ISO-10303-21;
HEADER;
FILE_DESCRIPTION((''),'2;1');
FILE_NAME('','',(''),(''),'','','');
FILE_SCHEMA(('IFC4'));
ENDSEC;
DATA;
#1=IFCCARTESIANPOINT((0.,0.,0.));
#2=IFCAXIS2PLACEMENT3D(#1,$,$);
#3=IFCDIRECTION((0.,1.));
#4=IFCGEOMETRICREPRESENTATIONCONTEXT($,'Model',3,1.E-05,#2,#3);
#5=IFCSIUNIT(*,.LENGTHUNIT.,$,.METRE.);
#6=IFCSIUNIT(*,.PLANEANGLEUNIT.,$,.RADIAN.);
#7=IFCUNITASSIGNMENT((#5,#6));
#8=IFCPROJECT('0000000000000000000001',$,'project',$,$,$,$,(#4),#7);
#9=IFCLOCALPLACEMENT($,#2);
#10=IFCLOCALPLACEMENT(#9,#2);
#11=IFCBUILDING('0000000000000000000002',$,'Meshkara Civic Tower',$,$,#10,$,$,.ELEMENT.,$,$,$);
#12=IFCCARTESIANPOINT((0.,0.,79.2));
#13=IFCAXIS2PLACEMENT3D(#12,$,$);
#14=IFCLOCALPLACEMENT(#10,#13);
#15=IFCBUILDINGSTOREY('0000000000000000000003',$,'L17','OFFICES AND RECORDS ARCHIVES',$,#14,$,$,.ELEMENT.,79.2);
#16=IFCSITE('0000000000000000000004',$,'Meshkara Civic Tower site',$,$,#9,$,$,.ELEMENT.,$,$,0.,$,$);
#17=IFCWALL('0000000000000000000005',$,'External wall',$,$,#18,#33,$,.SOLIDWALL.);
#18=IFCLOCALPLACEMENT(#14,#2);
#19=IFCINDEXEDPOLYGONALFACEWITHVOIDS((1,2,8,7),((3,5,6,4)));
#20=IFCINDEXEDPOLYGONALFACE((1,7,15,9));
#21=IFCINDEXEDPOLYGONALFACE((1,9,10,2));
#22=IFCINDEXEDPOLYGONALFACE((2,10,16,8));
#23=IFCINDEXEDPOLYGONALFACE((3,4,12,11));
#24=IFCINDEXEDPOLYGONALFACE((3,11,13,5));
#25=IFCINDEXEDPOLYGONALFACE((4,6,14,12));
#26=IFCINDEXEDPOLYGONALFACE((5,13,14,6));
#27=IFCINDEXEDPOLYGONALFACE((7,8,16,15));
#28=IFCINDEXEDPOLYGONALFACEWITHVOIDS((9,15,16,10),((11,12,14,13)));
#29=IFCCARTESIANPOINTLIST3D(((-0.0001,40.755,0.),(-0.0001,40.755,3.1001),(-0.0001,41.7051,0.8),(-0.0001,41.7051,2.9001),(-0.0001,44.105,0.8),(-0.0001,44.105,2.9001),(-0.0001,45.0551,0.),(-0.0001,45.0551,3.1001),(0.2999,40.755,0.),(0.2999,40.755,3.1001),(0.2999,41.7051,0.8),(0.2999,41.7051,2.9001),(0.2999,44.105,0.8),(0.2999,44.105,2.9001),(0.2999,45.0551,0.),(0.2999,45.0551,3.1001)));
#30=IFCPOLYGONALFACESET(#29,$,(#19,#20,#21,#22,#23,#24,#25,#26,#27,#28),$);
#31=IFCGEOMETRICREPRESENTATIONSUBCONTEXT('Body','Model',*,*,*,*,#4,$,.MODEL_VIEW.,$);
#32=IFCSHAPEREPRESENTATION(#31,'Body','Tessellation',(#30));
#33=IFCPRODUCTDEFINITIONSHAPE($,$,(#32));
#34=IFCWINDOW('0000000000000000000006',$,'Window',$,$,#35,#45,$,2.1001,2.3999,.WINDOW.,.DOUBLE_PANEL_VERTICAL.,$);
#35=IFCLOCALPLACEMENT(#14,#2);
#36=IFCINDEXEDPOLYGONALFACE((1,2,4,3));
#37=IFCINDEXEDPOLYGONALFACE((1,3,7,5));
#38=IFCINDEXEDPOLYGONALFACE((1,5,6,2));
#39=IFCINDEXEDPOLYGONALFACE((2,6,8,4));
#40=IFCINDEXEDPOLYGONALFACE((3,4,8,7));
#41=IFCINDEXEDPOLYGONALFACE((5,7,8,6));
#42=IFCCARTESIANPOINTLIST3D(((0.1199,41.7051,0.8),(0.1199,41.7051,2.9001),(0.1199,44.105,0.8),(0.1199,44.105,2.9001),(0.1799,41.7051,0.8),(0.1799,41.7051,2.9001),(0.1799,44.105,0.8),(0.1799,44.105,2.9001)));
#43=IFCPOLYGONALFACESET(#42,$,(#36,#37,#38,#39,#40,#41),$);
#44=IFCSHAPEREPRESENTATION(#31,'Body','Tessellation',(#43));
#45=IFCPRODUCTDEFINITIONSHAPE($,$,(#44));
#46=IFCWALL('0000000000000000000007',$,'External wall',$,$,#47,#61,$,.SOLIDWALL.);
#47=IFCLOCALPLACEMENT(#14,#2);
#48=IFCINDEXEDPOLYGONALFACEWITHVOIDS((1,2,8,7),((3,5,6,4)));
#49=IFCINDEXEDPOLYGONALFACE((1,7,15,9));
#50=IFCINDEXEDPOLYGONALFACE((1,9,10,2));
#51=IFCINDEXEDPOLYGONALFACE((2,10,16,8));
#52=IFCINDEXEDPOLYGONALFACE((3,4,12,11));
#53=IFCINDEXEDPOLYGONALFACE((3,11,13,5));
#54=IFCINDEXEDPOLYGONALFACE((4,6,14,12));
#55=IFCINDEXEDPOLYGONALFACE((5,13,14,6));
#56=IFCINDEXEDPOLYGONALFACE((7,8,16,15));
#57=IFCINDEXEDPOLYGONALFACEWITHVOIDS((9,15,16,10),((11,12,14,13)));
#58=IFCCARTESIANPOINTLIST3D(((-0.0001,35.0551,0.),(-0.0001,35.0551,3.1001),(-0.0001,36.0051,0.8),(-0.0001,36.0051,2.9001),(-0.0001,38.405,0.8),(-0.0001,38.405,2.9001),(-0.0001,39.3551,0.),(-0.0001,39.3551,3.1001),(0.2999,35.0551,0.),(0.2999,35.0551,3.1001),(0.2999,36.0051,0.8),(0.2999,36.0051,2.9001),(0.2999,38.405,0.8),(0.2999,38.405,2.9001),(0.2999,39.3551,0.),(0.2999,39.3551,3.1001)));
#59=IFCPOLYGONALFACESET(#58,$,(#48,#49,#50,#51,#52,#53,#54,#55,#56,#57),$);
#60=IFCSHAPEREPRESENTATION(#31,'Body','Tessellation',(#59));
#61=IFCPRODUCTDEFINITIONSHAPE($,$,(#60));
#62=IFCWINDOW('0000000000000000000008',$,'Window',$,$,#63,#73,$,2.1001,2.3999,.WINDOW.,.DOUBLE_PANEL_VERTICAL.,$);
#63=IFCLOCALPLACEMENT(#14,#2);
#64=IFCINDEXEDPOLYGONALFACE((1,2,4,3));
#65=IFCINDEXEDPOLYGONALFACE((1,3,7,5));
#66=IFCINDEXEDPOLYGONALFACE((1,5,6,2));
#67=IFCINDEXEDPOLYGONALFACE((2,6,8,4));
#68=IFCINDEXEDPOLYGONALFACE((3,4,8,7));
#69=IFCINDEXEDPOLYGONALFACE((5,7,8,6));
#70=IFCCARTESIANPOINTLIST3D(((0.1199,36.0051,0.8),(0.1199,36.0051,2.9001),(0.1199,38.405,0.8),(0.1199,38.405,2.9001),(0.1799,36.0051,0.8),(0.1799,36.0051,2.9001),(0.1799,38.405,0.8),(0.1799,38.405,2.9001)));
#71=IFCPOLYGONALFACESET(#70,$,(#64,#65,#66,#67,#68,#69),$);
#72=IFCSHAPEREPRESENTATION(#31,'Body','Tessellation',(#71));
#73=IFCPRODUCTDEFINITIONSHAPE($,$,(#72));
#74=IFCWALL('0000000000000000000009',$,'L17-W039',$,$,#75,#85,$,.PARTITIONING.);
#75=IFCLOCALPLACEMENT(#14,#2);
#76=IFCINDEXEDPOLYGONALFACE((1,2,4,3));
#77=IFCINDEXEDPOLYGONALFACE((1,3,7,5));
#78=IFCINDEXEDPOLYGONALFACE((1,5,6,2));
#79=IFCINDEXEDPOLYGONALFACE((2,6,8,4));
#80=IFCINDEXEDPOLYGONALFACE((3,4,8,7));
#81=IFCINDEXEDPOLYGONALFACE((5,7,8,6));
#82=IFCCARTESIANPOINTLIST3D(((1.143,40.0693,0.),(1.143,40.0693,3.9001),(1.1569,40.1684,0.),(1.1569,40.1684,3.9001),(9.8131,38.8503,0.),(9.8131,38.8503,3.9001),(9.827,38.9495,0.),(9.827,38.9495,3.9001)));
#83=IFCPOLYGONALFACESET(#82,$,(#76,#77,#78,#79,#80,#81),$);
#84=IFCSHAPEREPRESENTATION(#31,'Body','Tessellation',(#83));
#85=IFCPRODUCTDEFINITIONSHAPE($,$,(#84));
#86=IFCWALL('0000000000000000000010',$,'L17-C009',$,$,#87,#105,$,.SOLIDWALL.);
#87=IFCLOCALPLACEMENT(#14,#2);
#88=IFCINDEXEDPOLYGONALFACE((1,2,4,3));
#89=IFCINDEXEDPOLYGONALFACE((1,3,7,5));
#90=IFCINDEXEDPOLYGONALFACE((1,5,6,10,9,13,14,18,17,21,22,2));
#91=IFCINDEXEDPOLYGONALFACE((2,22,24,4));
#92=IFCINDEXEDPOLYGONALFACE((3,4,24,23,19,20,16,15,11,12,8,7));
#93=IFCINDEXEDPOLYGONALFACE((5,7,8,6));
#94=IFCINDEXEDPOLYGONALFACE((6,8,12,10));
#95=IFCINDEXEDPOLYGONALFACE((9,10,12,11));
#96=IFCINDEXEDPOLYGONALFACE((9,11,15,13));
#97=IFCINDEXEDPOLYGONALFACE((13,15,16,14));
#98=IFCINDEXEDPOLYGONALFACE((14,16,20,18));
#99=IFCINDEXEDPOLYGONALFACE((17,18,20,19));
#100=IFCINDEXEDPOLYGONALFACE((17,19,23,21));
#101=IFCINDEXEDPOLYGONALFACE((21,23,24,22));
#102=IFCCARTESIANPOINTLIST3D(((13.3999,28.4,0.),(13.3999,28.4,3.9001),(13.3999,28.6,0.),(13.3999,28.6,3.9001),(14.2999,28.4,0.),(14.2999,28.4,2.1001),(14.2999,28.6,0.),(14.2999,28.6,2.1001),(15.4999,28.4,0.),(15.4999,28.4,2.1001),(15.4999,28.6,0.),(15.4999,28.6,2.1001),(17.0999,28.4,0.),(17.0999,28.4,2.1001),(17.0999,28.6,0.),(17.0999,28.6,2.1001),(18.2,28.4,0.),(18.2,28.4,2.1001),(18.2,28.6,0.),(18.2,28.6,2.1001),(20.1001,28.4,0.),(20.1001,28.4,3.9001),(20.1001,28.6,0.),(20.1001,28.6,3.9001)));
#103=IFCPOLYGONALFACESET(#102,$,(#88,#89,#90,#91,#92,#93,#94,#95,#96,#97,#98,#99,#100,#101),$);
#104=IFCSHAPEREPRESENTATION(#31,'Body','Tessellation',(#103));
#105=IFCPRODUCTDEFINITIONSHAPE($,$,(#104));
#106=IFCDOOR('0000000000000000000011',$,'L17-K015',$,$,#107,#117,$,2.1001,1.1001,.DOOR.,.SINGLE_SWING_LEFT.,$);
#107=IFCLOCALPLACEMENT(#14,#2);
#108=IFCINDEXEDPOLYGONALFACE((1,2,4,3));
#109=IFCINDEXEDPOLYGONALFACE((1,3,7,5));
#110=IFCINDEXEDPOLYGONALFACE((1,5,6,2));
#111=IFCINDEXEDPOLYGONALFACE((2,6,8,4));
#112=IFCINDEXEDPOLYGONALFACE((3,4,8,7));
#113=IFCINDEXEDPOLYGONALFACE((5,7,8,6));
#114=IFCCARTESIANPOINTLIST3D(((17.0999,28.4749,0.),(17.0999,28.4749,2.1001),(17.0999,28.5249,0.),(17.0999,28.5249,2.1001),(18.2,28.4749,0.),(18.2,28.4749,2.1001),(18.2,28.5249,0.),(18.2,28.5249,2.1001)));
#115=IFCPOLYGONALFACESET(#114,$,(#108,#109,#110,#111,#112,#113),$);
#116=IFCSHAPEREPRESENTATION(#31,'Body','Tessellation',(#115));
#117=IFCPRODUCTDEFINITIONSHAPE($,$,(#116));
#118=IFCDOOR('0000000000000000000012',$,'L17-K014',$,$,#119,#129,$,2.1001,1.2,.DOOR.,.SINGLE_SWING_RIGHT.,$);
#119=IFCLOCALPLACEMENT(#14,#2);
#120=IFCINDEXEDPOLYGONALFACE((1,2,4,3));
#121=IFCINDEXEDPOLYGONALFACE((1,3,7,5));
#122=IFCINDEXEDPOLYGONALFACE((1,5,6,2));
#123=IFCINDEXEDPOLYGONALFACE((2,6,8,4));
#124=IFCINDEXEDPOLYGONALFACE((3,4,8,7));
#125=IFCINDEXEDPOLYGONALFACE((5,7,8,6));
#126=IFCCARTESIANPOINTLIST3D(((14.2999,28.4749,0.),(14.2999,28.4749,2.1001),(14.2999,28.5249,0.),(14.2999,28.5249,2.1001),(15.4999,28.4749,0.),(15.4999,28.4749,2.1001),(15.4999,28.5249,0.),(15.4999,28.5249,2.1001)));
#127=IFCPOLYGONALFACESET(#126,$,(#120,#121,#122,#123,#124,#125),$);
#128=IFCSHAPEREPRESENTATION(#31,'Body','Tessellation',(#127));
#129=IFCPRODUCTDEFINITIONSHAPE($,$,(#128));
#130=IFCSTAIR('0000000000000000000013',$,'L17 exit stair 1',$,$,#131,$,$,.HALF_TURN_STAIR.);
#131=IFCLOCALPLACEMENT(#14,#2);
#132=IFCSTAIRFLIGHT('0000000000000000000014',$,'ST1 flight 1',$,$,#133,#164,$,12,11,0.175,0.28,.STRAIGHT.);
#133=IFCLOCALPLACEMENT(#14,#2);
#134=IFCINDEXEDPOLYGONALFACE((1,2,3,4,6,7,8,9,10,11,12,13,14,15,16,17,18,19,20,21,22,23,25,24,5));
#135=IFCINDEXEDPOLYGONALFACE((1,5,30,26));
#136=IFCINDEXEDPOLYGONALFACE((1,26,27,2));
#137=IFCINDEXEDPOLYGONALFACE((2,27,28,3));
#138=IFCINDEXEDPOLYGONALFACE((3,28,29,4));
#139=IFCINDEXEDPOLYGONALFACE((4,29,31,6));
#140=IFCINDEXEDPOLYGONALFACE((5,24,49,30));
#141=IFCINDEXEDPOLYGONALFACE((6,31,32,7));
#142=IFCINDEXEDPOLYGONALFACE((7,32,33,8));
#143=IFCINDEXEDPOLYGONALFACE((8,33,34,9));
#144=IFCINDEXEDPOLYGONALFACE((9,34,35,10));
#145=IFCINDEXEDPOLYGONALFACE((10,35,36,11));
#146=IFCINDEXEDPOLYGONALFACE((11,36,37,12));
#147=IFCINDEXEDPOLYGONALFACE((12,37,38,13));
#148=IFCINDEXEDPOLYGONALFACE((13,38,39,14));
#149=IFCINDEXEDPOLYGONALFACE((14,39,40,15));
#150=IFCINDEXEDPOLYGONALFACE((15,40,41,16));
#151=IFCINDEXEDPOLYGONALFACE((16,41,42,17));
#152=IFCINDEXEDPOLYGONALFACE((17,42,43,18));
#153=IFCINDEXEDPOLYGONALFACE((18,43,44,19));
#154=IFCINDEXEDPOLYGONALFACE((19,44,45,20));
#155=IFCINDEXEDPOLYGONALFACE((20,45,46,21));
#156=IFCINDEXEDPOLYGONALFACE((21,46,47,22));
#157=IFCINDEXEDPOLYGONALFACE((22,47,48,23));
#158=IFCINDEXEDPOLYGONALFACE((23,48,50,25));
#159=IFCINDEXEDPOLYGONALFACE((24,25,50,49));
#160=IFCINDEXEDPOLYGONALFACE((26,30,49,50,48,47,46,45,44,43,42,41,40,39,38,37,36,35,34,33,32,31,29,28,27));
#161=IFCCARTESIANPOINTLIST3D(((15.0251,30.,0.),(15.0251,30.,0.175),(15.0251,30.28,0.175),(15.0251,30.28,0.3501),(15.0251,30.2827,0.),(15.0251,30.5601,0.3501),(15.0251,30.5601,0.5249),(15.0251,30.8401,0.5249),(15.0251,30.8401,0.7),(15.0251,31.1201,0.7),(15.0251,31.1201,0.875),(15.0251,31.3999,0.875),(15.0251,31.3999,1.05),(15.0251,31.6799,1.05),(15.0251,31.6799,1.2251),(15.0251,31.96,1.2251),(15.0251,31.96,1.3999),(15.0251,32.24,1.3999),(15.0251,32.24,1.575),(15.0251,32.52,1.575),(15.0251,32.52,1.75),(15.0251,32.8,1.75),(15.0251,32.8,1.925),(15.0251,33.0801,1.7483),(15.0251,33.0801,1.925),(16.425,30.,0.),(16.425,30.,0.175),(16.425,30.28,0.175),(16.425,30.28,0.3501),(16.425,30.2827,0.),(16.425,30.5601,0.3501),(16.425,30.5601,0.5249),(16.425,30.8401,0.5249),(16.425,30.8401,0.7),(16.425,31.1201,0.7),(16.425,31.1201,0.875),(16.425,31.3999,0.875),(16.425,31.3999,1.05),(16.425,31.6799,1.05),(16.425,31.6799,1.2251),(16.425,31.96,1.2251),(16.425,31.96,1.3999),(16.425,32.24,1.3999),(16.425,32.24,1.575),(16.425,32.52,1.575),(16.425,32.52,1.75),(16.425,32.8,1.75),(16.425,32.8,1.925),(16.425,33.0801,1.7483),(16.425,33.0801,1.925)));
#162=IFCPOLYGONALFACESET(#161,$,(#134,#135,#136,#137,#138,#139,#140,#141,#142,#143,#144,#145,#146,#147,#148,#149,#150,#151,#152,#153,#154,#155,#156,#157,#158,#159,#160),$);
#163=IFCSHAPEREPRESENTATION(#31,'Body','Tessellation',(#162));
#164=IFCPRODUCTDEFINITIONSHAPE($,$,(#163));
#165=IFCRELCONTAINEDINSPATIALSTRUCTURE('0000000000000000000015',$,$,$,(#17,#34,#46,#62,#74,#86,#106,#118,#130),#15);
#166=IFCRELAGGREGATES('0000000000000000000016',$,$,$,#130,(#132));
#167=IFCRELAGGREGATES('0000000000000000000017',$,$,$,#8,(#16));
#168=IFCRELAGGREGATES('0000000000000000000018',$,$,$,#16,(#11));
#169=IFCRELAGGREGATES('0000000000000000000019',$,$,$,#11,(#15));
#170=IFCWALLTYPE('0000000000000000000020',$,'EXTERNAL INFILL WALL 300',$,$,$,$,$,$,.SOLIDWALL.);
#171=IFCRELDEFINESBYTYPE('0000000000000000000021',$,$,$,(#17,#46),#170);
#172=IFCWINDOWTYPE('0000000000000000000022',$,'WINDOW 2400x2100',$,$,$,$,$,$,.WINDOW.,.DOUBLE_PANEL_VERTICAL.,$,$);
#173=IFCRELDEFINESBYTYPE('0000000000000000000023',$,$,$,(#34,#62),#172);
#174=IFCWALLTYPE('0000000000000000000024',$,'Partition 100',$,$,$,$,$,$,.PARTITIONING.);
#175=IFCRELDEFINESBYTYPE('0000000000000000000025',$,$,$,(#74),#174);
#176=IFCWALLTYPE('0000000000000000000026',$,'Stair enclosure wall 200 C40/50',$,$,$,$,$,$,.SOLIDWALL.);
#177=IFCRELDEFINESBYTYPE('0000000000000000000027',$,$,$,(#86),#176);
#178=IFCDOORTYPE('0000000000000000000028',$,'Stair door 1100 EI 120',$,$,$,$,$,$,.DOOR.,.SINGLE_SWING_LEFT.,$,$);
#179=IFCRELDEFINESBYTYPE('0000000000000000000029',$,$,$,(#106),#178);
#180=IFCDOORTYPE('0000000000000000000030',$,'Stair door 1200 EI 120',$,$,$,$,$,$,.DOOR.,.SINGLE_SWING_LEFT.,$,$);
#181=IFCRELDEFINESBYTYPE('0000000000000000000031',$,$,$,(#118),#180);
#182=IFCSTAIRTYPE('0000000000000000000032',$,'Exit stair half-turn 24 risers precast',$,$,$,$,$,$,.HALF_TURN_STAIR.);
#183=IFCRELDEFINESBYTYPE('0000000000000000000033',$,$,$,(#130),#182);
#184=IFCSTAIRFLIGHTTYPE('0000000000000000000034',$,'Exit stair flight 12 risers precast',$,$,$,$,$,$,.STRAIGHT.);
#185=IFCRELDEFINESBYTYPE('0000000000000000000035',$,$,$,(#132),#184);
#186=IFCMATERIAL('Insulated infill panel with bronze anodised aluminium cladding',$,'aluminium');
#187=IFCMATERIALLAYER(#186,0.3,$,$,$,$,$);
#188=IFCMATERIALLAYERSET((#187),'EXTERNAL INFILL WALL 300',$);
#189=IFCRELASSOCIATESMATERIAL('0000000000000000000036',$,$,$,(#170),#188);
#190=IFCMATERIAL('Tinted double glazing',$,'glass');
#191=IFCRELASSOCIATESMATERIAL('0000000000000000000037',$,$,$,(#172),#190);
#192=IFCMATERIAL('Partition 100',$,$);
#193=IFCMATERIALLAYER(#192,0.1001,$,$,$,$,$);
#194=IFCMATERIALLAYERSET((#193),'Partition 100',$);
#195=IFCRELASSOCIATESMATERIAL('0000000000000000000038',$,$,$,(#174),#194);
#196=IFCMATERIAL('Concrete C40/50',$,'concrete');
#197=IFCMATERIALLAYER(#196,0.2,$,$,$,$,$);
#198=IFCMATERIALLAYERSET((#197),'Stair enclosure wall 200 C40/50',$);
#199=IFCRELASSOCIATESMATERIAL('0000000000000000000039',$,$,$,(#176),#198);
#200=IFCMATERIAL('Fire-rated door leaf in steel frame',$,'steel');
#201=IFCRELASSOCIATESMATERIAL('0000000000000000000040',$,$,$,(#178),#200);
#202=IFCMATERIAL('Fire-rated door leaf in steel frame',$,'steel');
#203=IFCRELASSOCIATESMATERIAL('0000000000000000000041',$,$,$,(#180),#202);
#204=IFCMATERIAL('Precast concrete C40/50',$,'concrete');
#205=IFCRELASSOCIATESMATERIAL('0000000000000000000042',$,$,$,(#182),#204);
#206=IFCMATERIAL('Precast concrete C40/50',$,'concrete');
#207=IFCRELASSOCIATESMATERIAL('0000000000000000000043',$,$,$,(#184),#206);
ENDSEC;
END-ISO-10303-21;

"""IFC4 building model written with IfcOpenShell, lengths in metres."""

from ifc_helpers import new_model, si_unit, direction, frame, frame_2d, origin, place, context, subcontext, project, spatial, polyline, rectangle, outline, extrude, material, layer, layer_set, type_object, element, fill, aggregate, save


model = new_model("IFC4")

# Units and contexts
model_context = context("Model", 3, precision=1e-05, world=origin(), true_north=direction((0.0, 1.0)))
body_context = subcontext(model_context, "Body", "Model", "MODEL_VIEW")
ifc_project = project(units=[si_unit("LENGTHUNIT", "METRE"), si_unit("PLANEANGLEUNIT", "RADIAN")], contexts=[model_context])

# Site, building, storey
site_placement = place(None, origin())
site = spatial("IfcSite", under=ifc_project, at=site_placement, Name="Meshkara Civic Tower site", CompositionType="ELEMENT", RefElevation=0.0)
building_placement = place(site_placement, origin())
building = spatial("IfcBuilding", under=site, at=building_placement, Name="Meshkara Civic Tower", CompositionType="ELEMENT")
storey_placement = place(building_placement, frame((0.0, 0.0, 79.2)))
storey = spatial("IfcBuildingStorey", under=building, at=storey_placement, Name="L17", Description="OFFICES AND RECORDS ARCHIVES", CompositionType="ELEMENT", Elevation=79.2)

# Walls, openings, windows
ifc_material_1 = material(Name="Insulated infill panel with bronze anodised aluminium cladding", Category="aluminium")
ifc_layer_1 = layer(ifc_material_1, 0.3)
ifc_layer_set_1 = layer_set([ifc_layer_1], Name="EXTERNAL INFILL WALL 300")
wall_type_1 = type_object("IfcWallType", Name="EXTERNAL INFILL WALL 300", PredefinedType="SOLIDWALL", material=ifc_layer_set_1)
wall_1_placement = place(storey_placement, frame((0.1499, 45.0549, 0.0), z_axis=(0.0, 0.0, 1.0), x_axis=(0.0, -1.0, 0.0)))
wall_1 = element("IfcWall", 1, at=wall_1_placement, inside=storey, type_object=wall_type_1, Name="External wall", PredefinedType="SOLIDWALL", context=body_context, shape_type="SweptSolid", body=[
    extrude(rectangle(XDim=4.3, YDim=0.3, at=frame_2d((2.1499, 0.0))), origin(), (0.0, 0.0, 1.0), 3.1001),
])
opening_1_placement = place(wall_1_placement, frame((0.95, 0.0, 0.8)))
opening_1 = element("IfcOpeningElement", 2, at=opening_1_placement, cuts=wall_1, PredefinedType="OPENING", context=body_context, shape_type="SweptSolid", body=[
    extrude(rectangle(XDim=2.3999, YDim=2.1001, at=frame_2d((1.2, 1.05))), frame((0.0, 0.1599, 0.0), z_axis=(0.0, -1.0, 0.0), x_axis=(1.0, 0.0, 0.0)), (0.0, 0.0, 1.0), 0.3201),
])
ifc_material_2 = material(Name="Tinted double glazing", Category="glass")
window_type = type_object("IfcWindowType", Name="WINDOW 2400x2100", PartitioningType="DOUBLE_PANEL_VERTICAL", PredefinedType="WINDOW", material=ifc_material_2)
window_1_placement = place(opening_1_placement, origin())
window_1 = element("IfcWindow", 3, at=window_1_placement, inside=storey, type_object=window_type, Name="Window", OverallHeight=2.1001, OverallWidth=2.3999, PartitioningType="DOUBLE_PANEL_VERTICAL", PredefinedType="WINDOW", context=body_context, shape_type="SweptSolid", body=[
    extrude(rectangle(XDim=2.3999, YDim=2.1001, at=frame_2d((1.2, 1.05))), frame((0.0, 0.03, 0.0), z_axis=(0.0, -1.0, 0.0), x_axis=(1.0, 0.0, 0.0)), (0.0, 0.0, 1.0), 0.0601),
])
fill(opening_1, window_1)
wall_2_placement = place(storey_placement, frame((0.1499, 39.355, 0.0), z_axis=(0.0, 0.0, 1.0), x_axis=(0.0, -1.0, 0.0)))
wall_2 = element("IfcWall", 4, at=wall_2_placement, inside=storey, type_object=wall_type_1, Name="External wall", PredefinedType="SOLIDWALL", context=body_context, shape_type="SweptSolid", body=[
    extrude(rectangle(XDim=4.3, YDim=0.3, at=frame_2d((2.1499, 0.0))), origin(), (0.0, 0.0, 1.0), 3.1001),
])
opening_2_placement = place(wall_2_placement, frame((0.95, 0.0, 0.8)))
opening_2 = element("IfcOpeningElement", 5, at=opening_2_placement, cuts=wall_2, PredefinedType="OPENING", context=body_context, shape_type="SweptSolid", body=[
    extrude(rectangle(XDim=2.3999, YDim=2.1001, at=frame_2d((1.2, 1.05))), frame((0.0, 0.1599, 0.0), z_axis=(0.0, -1.0, 0.0), x_axis=(1.0, 0.0, 0.0)), (0.0, 0.0, 1.0), 0.3201),
])
window_2_placement = place(opening_2_placement, origin())
window_2 = element("IfcWindow", 6, at=window_2_placement, inside=storey, type_object=window_type, Name="Window", OverallHeight=2.1001, OverallWidth=2.3999, PartitioningType="DOUBLE_PANEL_VERTICAL", PredefinedType="WINDOW", context=body_context, shape_type="SweptSolid", body=[
    extrude(rectangle(XDim=2.3999, YDim=2.1001, at=frame_2d((1.2, 1.05))), frame((0.0, 0.03, 0.0), z_axis=(0.0, -1.0, 0.0), x_axis=(1.0, 0.0, 0.0)), (0.0, 0.0, 1.0), 0.0601),
])
fill(opening_2, window_2)

# Wall
ifc_material_3 = material(Name="Partition 100")
ifc_layer_2 = layer(ifc_material_3, 0.1001)
ifc_layer_set_2 = layer_set([ifc_layer_2], Name="Partition 100")
wall_type_2 = type_object("IfcWallType", Name="Partition 100", PredefinedType="PARTITIONING", material=ifc_layer_set_2)
wall_3_placement = place(storey_placement, frame((9.8201, 38.8999, 0.0), z_axis=(0.0, 0.0, 1.0), x_axis=(-0.99026, 0.139227, 0.0)))
element("IfcWall", 7, at=wall_3_placement, inside=storey, type_object=wall_type_2, Name="L17-W039", PredefinedType="PARTITIONING", context=body_context, shape_type="SweptSolid", body=[
    extrude(rectangle(XDim=8.7554, YDim=0.1001, at=frame_2d((4.3777, 0.0))), origin(), (0.0, 0.0, 1.0), 3.9001),
])

# Wall, openings, doors
ifc_material_4 = material(Name="Concrete C40/50", Category="concrete")
ifc_layer_3 = layer(ifc_material_4, 0.2)
ifc_layer_set_3 = layer_set([ifc_layer_3], Name="Stair enclosure wall 200 C40/50")
wall_type_3 = type_object("IfcWallType", Name="Stair enclosure wall 200 C40/50", PredefinedType="SOLIDWALL", material=ifc_layer_set_3)
wall_4_placement = place(storey_placement, frame((13.3999, 28.5, 0.0), z_axis=(0.0, 0.0, 1.0), x_axis=(1.0, 0.0, 0.0)))
wall_4 = element("IfcWall", 8, at=wall_4_placement, inside=storey, type_object=wall_type_3, Name="L17-C009", PredefinedType="SOLIDWALL", context=body_context, shape_type="SweptSolid", body=[
    extrude(rectangle(XDim=6.7002, YDim=0.2, at=frame_2d((3.3501, 0.0))), origin(), (0.0, 0.0, 1.0), 3.9001),
])
opening_3_placement = place(wall_4_placement, frame((0.8999, 0.0, 0.0)))
opening_3 = element("IfcOpeningElement", 9, at=opening_3_placement, cuts=wall_4, PredefinedType="OPENING", context=body_context, shape_type="SweptSolid", body=[
    extrude(rectangle(XDim=1.2, YDim=2.1001, at=frame_2d((0.6001, 1.05))), frame((0.0, 0.1099, 0.0), z_axis=(0.0, -1.0, 0.0), x_axis=(1.0, 0.0, 0.0)), (0.0, 0.0, 1.0), 0.22),
])
opening_4_placement = place(wall_4_placement, frame((3.7, 0.0, 0.0)))
opening_4 = element("IfcOpeningElement", 10, at=opening_4_placement, cuts=wall_4, PredefinedType="OPENING", context=body_context, shape_type="SweptSolid", body=[
    extrude(rectangle(XDim=1.1001, YDim=2.1001, at=frame_2d((0.55, 1.05))), frame((0.0, 0.1099, 0.0), z_axis=(0.0, -1.0, 0.0), x_axis=(1.0, 0.0, 0.0)), (0.0, 0.0, 1.0), 0.22),
])
ifc_material_5 = material(Name="Fire-rated door leaf in steel frame", Category="steel")
door_type_1 = type_object("IfcDoorType", Name="Stair door 1100 EI 120", OperationType="SINGLE_SWING_LEFT", PredefinedType="DOOR", material=ifc_material_5)
door_1_placement = place(opening_4_placement, origin())
door_1 = element("IfcDoor", 11, at=door_1_placement, inside=storey, type_object=door_type_1, Name="L17-K015", OperationType="SINGLE_SWING_LEFT", OverallHeight=2.1001, OverallWidth=1.1001, PredefinedType="DOOR", context=body_context, shape_type="SweptSolid", body=[
    extrude(rectangle(XDim=1.1001, YDim=2.1001, at=frame_2d((0.55, 1.05))), frame((0.0, 0.0249, 0.0), z_axis=(0.0, -1.0, 0.0), x_axis=(1.0, 0.0, 0.0)), (0.0, 0.0, 1.0), 0.05),
])
fill(opening_4, door_1)
ifc_material_6 = material(Name="Fire-rated door leaf in steel frame", Category="steel")
door_type_2 = type_object("IfcDoorType", Name="Stair door 1200 EI 120", OperationType="SINGLE_SWING_LEFT", PredefinedType="DOOR", material=ifc_material_6)
door_2_placement = place(opening_3_placement, origin())
door_2 = element("IfcDoor", 12, at=door_2_placement, inside=storey, type_object=door_type_2, Name="L17-K014", OperationType="SINGLE_SWING_RIGHT", OverallHeight=2.1001, OverallWidth=1.2, PredefinedType="DOOR", context=body_context, shape_type="SweptSolid", body=[
    extrude(rectangle(XDim=1.2, YDim=2.1001, at=frame_2d((0.6001, 1.05))), frame((0.0, 0.0249, 0.0), z_axis=(0.0, -1.0, 0.0), x_axis=(1.0, 0.0, 0.0)), (0.0, 0.0, 1.0), 0.05),
])
fill(opening_3, door_2)

# Stair, stair flight
ifc_material_7 = material(Name="Precast concrete C40/50", Category="concrete")
stair_type = type_object("IfcStairType", Name="Exit stair half-turn 24 risers precast", PredefinedType="HALF_TURN_STAIR", material=ifc_material_7)
stair_placement = place(storey_placement, origin())
stair = element("IfcStair", 13, at=stair_placement, inside=storey, type_object=stair_type, Name="L17 exit stair 1", PredefinedType="HALF_TURN_STAIR")
ifc_material_8 = material(Name="Precast concrete C40/50", Category="concrete")
stair_flight_type = type_object("IfcStairFlightType", Name="Exit stair flight 12 risers precast", PredefinedType="STRAIGHT", material=ifc_material_8)
stair_flight_1_placement = place(storey_placement, frame((15.7251, 30.0, 0.0), z_axis=(0.0, 0.0, 1.0), x_axis=(0.0, 1.0, 0.0)))
stair_flight_1 = element("IfcStairFlight", 14, at=stair_flight_1_placement, type_object=stair_flight_type, Name="ST1 flight 1", NumberOfRisers=12, NumberOfTreads=11, PredefinedType="STRAIGHT", RiserHeight=0.175, TreadLength=0.28, context=body_context, shape_type="SweptSolid", body=[
    extrude(outline(polyline([(0.0, 0.0), (0.0, 0.175), (0.28, 0.175), (0.28, 0.3501), (0.5601, 0.3501), (0.5601, 0.5249), (0.8401, 0.5249), (0.8401, 0.7), (1.1201, 0.7), (1.1201, 0.875), (1.3999, 0.875), (1.3999, 1.05), (1.6799, 1.05), (1.6799, 1.2251), (1.96, 1.2251), (1.96, 1.3999), (2.24, 1.3999), (2.24, 1.575), (2.52, 1.575), (2.52, 1.75), (2.8, 1.75), (2.8, 1.925), (3.0801, 1.925), (3.0801, 2.1001), (3.0801, 1.7483), (0.2827, 0.0), (0.0, 0.0)])), frame((0.0, 0.7, 0.0), z_axis=(0.0, -1.0, 0.0), x_axis=(1.0, 0.0, 0.0)), (0.0, 0.0, 1.0), 1.3999),
])
aggregate(stair, [stair_flight_1])

save(model, "model.ifc")
